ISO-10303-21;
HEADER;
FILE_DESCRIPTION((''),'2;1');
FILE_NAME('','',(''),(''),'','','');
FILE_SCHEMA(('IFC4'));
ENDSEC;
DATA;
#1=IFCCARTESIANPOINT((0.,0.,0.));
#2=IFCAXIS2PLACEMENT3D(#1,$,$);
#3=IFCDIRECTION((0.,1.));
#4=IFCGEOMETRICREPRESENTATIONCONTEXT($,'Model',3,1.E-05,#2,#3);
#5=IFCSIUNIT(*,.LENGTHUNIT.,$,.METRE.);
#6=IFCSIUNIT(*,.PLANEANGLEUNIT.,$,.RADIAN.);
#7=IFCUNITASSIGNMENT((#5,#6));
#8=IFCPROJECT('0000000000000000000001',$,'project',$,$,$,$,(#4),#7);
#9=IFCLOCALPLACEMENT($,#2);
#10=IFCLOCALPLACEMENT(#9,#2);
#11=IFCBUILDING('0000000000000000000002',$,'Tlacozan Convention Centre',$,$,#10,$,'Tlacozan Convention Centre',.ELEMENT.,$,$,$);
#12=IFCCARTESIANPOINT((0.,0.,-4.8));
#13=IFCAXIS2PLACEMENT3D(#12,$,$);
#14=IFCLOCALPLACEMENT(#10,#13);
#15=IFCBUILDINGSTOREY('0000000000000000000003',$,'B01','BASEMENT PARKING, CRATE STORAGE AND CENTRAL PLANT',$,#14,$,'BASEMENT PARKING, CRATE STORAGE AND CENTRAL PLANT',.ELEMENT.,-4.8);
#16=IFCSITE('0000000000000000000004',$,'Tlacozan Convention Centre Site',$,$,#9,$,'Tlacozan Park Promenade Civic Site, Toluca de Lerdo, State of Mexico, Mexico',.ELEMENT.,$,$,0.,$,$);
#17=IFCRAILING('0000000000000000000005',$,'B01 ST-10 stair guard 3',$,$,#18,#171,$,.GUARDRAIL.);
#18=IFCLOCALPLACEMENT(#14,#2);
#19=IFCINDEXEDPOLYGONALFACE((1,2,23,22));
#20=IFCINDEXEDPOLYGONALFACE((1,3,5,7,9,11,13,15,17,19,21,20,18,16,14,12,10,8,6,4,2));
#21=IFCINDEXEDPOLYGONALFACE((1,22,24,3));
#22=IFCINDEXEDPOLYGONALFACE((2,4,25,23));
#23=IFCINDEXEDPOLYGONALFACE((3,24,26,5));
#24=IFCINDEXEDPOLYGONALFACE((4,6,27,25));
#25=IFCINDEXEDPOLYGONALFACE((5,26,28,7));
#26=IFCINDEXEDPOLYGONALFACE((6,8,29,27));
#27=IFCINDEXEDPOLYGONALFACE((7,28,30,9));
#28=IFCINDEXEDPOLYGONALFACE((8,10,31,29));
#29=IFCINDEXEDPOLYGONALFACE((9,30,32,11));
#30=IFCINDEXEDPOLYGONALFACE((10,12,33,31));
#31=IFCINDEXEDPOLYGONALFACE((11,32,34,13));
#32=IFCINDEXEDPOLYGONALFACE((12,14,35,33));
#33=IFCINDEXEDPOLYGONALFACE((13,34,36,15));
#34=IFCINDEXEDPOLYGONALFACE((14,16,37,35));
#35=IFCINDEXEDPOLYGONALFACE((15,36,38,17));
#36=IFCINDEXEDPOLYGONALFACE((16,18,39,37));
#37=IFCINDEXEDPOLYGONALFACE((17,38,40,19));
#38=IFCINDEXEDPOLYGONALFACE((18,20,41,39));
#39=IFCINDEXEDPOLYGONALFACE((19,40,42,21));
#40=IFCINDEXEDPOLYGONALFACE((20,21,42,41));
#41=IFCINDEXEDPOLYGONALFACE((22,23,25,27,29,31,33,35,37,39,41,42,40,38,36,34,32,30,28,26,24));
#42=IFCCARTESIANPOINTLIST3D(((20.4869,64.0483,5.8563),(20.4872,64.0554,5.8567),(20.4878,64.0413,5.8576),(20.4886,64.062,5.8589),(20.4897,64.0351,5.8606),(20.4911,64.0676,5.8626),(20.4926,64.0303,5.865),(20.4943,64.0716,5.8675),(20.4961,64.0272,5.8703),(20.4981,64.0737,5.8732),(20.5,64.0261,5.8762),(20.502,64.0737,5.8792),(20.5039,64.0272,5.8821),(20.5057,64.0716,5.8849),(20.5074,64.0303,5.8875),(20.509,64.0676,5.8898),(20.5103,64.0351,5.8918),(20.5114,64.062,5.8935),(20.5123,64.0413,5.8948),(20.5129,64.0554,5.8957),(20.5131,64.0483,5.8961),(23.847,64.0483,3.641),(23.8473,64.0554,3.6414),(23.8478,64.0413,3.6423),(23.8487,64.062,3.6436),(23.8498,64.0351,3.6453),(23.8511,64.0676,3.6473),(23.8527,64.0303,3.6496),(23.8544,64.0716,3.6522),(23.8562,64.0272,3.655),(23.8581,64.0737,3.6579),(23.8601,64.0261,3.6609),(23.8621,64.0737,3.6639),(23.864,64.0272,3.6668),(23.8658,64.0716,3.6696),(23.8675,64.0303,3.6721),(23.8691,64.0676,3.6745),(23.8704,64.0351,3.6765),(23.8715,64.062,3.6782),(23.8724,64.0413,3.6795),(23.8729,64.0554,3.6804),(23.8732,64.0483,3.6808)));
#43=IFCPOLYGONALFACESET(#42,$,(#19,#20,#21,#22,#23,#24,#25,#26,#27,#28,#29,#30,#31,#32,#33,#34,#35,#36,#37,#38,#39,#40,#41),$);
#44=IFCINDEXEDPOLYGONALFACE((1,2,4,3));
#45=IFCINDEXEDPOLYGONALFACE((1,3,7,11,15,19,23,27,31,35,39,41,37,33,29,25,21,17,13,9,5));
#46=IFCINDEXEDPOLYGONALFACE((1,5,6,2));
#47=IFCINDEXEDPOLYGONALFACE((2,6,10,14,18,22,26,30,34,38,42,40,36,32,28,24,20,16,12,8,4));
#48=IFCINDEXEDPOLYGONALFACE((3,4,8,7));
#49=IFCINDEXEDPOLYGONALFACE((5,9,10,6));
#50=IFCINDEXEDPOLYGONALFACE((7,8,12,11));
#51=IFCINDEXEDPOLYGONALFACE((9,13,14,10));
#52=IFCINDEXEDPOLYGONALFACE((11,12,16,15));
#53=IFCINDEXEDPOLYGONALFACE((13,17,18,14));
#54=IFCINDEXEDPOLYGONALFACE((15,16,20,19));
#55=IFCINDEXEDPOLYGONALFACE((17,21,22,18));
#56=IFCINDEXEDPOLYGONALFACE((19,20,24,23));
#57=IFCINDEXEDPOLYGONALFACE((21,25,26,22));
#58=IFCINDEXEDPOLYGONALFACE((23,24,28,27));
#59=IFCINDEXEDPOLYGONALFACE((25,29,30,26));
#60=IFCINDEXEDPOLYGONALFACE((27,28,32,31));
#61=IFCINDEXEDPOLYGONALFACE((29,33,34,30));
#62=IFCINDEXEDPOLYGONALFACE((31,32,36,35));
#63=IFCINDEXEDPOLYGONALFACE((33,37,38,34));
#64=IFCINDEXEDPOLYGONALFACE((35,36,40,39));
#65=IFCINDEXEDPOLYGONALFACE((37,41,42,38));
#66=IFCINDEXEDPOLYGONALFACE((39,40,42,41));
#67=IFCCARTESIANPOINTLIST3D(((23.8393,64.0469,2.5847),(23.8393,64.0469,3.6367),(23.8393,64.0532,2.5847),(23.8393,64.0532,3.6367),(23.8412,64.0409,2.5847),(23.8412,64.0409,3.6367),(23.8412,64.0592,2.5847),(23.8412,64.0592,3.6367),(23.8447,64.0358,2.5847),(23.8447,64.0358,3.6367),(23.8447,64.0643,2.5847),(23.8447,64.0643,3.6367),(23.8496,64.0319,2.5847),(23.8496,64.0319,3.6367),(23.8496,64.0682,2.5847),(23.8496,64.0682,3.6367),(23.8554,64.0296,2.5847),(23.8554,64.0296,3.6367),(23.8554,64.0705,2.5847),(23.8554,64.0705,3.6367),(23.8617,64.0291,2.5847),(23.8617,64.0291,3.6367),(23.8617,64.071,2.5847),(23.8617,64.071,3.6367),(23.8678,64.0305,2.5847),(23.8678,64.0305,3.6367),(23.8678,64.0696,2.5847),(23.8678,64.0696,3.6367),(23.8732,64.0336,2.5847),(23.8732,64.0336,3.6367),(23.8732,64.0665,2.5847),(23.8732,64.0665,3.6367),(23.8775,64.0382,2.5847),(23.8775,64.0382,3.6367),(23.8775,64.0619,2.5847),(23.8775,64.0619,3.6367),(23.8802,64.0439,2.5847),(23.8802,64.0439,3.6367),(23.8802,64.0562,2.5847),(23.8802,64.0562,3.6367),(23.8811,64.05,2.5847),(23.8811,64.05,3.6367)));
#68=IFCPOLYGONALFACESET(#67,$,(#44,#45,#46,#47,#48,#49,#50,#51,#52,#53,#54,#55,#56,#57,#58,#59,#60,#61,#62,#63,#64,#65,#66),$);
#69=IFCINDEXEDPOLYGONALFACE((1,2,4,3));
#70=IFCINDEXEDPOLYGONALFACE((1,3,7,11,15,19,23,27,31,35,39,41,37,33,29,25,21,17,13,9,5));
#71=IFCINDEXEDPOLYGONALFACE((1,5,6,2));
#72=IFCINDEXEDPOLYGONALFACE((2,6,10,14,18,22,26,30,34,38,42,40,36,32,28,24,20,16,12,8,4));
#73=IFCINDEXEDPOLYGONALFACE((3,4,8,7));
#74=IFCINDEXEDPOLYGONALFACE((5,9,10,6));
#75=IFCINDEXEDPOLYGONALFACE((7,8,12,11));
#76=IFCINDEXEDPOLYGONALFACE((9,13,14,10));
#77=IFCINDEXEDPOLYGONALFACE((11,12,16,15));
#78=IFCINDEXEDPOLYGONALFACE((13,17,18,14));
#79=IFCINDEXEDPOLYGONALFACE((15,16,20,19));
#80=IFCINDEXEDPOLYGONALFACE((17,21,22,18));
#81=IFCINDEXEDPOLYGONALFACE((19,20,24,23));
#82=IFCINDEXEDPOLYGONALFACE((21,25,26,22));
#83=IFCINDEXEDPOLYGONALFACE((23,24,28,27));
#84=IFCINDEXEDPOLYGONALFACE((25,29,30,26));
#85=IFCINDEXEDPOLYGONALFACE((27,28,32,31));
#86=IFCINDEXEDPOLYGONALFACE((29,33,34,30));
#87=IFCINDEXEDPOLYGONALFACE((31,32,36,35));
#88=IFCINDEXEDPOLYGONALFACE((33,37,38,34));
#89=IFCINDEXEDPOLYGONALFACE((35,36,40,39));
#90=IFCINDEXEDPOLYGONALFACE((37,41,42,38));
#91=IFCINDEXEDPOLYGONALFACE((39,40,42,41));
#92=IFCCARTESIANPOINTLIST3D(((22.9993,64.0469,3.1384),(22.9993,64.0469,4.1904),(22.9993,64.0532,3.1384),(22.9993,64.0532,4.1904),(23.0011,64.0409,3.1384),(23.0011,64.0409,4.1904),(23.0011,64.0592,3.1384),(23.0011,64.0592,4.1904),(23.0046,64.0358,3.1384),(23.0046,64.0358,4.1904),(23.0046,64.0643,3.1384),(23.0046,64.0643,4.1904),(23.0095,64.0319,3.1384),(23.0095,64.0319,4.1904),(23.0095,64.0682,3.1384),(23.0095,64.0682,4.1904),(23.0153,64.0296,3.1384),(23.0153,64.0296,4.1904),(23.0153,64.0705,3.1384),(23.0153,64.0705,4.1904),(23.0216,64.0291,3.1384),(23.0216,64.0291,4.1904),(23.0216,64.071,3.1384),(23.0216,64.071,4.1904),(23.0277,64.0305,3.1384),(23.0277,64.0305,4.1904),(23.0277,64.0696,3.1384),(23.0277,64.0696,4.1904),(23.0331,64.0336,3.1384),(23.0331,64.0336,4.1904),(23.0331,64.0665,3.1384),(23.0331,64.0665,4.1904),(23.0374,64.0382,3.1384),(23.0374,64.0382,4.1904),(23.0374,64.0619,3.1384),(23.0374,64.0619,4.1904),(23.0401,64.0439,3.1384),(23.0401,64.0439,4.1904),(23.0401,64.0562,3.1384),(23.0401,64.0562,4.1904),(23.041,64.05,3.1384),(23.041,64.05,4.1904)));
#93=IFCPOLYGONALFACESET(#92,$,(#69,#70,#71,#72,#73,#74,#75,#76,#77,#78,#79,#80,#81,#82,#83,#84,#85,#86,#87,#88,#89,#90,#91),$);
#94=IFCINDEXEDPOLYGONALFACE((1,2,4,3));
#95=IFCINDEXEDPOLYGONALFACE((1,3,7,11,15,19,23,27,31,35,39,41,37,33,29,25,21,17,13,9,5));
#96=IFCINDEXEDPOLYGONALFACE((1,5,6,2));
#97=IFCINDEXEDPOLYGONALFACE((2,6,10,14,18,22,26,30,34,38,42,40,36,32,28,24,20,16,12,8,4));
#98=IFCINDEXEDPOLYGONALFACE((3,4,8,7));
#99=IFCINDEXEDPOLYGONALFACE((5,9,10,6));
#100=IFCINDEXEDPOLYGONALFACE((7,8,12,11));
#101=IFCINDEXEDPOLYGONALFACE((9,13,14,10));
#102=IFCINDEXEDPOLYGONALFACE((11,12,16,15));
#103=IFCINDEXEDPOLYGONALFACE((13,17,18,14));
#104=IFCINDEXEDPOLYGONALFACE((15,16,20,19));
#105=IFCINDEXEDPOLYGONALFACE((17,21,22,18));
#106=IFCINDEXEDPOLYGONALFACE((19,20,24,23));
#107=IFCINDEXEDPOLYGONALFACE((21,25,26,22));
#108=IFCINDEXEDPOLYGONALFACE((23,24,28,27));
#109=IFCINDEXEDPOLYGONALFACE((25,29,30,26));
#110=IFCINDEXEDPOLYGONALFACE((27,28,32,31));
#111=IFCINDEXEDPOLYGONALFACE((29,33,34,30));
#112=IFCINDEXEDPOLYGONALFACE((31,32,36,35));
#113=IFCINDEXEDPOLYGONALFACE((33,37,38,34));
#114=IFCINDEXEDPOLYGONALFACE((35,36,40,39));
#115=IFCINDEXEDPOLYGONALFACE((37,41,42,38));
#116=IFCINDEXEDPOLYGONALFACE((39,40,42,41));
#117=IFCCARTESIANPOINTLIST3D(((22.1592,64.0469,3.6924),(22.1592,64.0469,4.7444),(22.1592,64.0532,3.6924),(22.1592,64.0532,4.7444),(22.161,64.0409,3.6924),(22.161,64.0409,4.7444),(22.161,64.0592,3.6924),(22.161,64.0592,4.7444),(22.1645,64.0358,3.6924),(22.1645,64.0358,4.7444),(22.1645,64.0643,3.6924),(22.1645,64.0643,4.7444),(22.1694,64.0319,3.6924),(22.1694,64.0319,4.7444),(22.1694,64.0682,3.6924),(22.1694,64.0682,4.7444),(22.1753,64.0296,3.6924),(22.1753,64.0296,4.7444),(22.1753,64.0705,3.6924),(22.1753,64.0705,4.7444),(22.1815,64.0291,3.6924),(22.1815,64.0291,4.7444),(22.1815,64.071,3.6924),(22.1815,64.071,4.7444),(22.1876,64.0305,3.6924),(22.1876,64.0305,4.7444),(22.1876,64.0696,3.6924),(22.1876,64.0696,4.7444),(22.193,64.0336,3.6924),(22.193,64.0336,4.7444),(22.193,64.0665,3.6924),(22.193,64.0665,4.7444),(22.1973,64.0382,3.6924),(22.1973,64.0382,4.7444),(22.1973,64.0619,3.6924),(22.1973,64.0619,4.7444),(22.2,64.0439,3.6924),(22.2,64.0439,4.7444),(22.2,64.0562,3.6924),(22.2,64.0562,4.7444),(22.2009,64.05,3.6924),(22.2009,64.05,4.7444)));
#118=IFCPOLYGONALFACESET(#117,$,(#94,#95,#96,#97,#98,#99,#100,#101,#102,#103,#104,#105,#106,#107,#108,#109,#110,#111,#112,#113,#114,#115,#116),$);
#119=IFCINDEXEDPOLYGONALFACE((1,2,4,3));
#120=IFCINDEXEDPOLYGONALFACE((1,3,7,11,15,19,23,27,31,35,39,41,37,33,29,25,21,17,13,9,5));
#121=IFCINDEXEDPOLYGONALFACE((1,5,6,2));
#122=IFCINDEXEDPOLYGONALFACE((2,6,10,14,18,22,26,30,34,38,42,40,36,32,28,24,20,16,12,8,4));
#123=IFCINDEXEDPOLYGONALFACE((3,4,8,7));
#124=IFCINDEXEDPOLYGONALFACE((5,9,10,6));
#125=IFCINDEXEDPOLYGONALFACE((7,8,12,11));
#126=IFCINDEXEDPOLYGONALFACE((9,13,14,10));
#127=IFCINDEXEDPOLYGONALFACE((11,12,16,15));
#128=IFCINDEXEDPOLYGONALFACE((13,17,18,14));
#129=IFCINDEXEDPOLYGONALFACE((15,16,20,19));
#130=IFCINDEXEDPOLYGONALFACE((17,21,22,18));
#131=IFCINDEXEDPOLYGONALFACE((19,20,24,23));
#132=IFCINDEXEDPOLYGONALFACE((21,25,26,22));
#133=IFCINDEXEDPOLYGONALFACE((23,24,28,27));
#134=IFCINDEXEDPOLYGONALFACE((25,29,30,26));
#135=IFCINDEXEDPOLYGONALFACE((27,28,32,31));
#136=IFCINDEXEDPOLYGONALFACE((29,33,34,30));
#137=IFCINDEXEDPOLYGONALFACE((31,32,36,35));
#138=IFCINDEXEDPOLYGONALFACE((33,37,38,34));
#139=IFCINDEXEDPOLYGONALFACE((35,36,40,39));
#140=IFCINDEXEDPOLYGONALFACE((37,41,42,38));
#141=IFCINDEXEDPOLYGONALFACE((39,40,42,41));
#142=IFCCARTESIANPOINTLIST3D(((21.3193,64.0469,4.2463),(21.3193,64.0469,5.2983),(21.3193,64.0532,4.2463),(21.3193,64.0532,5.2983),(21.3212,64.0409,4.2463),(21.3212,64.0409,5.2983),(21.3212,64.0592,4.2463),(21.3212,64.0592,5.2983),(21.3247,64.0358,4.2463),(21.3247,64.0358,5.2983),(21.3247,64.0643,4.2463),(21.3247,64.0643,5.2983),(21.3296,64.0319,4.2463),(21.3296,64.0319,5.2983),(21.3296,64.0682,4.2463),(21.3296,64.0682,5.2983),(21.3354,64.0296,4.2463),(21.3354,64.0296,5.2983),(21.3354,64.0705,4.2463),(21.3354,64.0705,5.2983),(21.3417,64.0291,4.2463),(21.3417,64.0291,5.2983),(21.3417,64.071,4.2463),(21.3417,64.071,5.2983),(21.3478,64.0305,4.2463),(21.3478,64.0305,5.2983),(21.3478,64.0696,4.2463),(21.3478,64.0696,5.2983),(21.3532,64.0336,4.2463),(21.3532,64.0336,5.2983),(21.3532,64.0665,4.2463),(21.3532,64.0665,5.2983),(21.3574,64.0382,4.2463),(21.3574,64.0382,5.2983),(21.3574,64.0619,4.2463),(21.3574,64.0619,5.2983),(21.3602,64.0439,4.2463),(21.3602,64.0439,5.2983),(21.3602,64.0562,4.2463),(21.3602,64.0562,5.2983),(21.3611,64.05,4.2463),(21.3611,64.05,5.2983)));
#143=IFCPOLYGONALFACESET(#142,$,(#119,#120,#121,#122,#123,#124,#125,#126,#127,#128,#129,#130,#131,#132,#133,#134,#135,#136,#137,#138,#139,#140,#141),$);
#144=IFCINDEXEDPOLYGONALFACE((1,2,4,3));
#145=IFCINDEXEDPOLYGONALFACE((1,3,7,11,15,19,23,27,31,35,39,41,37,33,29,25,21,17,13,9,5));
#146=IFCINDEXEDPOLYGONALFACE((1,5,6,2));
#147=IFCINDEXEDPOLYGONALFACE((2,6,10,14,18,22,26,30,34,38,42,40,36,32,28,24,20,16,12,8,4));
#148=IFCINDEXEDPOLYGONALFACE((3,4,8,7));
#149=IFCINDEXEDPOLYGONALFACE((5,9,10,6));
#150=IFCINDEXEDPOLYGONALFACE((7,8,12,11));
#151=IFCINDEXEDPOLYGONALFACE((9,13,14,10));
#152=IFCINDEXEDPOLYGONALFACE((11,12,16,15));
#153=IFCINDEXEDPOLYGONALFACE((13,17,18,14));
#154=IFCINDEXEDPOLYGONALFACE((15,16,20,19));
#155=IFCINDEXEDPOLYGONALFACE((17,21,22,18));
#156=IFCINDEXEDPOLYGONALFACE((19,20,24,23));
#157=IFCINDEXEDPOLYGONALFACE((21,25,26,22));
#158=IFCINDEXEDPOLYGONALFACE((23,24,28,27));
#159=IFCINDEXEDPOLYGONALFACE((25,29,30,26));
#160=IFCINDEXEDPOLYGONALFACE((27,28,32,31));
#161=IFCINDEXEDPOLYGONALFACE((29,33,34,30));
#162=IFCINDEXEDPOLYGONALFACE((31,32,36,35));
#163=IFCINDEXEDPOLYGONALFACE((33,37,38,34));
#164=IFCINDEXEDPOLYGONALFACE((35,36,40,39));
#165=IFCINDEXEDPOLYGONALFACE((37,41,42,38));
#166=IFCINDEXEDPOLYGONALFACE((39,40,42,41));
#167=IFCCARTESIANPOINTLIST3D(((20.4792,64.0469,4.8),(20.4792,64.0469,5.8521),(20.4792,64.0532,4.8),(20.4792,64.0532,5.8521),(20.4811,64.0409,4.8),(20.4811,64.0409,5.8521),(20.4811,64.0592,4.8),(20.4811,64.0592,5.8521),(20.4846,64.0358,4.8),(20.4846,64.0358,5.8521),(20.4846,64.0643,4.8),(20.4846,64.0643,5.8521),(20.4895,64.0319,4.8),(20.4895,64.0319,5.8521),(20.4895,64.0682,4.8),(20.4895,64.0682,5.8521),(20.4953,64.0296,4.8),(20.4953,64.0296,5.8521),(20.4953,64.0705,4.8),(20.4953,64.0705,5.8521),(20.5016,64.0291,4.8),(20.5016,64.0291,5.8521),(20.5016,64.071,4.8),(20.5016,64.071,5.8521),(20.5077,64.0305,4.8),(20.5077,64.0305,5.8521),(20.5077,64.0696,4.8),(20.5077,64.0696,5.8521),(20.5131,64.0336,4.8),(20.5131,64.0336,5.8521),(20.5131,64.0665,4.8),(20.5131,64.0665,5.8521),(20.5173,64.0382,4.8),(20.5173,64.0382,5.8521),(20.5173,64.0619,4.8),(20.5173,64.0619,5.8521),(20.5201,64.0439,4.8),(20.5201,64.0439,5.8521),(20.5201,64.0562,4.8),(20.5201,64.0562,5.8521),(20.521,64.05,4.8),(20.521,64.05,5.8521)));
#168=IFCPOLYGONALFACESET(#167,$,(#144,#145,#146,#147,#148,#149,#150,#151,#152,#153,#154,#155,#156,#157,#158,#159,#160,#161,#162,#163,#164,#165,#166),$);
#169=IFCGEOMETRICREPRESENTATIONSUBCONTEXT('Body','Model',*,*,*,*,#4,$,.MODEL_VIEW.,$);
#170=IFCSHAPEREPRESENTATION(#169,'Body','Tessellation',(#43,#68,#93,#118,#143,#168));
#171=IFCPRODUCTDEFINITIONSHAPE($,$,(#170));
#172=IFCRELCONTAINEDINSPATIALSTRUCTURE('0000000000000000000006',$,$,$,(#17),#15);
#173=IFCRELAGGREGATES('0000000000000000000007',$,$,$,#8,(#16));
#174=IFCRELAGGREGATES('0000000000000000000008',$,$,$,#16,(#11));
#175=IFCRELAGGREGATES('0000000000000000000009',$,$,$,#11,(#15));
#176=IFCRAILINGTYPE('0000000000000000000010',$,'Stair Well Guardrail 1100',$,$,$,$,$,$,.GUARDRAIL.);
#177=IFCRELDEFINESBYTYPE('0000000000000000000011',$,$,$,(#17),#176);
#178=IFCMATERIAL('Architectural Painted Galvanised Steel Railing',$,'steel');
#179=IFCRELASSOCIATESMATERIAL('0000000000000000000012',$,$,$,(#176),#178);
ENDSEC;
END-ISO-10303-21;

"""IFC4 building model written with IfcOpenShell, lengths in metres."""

from ifc_helpers import new_model, si_unit, direction, frame, origin, origin_2d, place, context, subcontext, project, spatial, circle, extrude, material, type_object, element, save


model = new_model("IFC4")

# Units and contexts
model_context = context("Model", 3, precision=1e-05, world=origin(), true_north=direction((0.0, 1.0)))
body_context = subcontext(model_context, "Body", "Model", "MODEL_VIEW")
ifc_project = project(units=[si_unit("LENGTHUNIT", "METRE"), si_unit("PLANEANGLEUNIT", "RADIAN")], contexts=[model_context])

# Site, building, storey
site_placement = place(None, origin())
site = spatial("IfcSite", under=ifc_project, at=site_placement, Name="Tlacozan Convention Centre Site", LongName="Tlacozan Park Promenade Civic Site, Toluca de Lerdo, State of Mexico, Mexico", CompositionType="ELEMENT", RefElevation=0.0)
building_placement = place(site_placement, origin())
building = spatial("IfcBuilding", under=site, at=building_placement, Name="Tlacozan Convention Centre", LongName="Tlacozan Convention Centre", CompositionType="ELEMENT")
storey_placement = place(building_placement, frame((0.0, 0.0, -4.8)))
storey = spatial("IfcBuildingStorey", under=building, at=storey_placement, Name="B01", Description="BASEMENT PARKING, CRATE STORAGE AND CENTRAL PLANT", LongName="BASEMENT PARKING, CRATE STORAGE AND CENTRAL PLANT", CompositionType="ELEMENT", Elevation=-4.8)

# Railing
ifc_material_1 = material(Name="Architectural Painted Galvanised Steel Railing", Category="steel")
railing_type_1 = type_object("IfcRailingType", Name="Stair Well Guardrail 1100", PredefinedType="GUARDRAIL", material=ifc_material_1)
railing_1_placement = place(storey_placement, frame((23.8601, 64.05, 2.5847)))
element("IfcRailing", 1, at=railing_1_placement, inside=storey, type_object=railing_type_1, Name="B01 ST-10 stair guard 3", PredefinedType="GUARDRAIL", context=body_context, shape_type="SweptSolid", body=[
    extrude(circle(Radius=0.0239, at=origin_2d()), frame((0.0, 0.0, 1.0762), z_axis=(-0.834876, 0.0, 0.550437), x_axis=(0.0, -1.0, 0.0)), (0.0, 0.0, 1.0), 4.0247),
    extrude(circle(Radius=0.021, at=origin_2d()), origin(), (0.0, 0.0, 1.0), 1.052),
    extrude(circle(Radius=0.021, at=origin_2d()), frame((-0.8401, 0.0, 0.5537)), (0.0, 0.0, 1.0), 1.052),
    extrude(circle(Radius=0.021, at=origin_2d()), frame((-1.6802, 0.0, 1.1077)), (0.0, 0.0, 1.0), 1.052),
    extrude(circle(Radius=0.021, at=origin_2d()), frame((-2.52, 0.0, 1.6616)), (0.0, 0.0, 1.0), 1.052),
    extrude(circle(Radius=0.021, at=origin_2d()), frame((-3.3601, 0.0, 2.2153)), (0.0, 0.0, 1.0), 1.052),
])

save(model, "model.ifc")
